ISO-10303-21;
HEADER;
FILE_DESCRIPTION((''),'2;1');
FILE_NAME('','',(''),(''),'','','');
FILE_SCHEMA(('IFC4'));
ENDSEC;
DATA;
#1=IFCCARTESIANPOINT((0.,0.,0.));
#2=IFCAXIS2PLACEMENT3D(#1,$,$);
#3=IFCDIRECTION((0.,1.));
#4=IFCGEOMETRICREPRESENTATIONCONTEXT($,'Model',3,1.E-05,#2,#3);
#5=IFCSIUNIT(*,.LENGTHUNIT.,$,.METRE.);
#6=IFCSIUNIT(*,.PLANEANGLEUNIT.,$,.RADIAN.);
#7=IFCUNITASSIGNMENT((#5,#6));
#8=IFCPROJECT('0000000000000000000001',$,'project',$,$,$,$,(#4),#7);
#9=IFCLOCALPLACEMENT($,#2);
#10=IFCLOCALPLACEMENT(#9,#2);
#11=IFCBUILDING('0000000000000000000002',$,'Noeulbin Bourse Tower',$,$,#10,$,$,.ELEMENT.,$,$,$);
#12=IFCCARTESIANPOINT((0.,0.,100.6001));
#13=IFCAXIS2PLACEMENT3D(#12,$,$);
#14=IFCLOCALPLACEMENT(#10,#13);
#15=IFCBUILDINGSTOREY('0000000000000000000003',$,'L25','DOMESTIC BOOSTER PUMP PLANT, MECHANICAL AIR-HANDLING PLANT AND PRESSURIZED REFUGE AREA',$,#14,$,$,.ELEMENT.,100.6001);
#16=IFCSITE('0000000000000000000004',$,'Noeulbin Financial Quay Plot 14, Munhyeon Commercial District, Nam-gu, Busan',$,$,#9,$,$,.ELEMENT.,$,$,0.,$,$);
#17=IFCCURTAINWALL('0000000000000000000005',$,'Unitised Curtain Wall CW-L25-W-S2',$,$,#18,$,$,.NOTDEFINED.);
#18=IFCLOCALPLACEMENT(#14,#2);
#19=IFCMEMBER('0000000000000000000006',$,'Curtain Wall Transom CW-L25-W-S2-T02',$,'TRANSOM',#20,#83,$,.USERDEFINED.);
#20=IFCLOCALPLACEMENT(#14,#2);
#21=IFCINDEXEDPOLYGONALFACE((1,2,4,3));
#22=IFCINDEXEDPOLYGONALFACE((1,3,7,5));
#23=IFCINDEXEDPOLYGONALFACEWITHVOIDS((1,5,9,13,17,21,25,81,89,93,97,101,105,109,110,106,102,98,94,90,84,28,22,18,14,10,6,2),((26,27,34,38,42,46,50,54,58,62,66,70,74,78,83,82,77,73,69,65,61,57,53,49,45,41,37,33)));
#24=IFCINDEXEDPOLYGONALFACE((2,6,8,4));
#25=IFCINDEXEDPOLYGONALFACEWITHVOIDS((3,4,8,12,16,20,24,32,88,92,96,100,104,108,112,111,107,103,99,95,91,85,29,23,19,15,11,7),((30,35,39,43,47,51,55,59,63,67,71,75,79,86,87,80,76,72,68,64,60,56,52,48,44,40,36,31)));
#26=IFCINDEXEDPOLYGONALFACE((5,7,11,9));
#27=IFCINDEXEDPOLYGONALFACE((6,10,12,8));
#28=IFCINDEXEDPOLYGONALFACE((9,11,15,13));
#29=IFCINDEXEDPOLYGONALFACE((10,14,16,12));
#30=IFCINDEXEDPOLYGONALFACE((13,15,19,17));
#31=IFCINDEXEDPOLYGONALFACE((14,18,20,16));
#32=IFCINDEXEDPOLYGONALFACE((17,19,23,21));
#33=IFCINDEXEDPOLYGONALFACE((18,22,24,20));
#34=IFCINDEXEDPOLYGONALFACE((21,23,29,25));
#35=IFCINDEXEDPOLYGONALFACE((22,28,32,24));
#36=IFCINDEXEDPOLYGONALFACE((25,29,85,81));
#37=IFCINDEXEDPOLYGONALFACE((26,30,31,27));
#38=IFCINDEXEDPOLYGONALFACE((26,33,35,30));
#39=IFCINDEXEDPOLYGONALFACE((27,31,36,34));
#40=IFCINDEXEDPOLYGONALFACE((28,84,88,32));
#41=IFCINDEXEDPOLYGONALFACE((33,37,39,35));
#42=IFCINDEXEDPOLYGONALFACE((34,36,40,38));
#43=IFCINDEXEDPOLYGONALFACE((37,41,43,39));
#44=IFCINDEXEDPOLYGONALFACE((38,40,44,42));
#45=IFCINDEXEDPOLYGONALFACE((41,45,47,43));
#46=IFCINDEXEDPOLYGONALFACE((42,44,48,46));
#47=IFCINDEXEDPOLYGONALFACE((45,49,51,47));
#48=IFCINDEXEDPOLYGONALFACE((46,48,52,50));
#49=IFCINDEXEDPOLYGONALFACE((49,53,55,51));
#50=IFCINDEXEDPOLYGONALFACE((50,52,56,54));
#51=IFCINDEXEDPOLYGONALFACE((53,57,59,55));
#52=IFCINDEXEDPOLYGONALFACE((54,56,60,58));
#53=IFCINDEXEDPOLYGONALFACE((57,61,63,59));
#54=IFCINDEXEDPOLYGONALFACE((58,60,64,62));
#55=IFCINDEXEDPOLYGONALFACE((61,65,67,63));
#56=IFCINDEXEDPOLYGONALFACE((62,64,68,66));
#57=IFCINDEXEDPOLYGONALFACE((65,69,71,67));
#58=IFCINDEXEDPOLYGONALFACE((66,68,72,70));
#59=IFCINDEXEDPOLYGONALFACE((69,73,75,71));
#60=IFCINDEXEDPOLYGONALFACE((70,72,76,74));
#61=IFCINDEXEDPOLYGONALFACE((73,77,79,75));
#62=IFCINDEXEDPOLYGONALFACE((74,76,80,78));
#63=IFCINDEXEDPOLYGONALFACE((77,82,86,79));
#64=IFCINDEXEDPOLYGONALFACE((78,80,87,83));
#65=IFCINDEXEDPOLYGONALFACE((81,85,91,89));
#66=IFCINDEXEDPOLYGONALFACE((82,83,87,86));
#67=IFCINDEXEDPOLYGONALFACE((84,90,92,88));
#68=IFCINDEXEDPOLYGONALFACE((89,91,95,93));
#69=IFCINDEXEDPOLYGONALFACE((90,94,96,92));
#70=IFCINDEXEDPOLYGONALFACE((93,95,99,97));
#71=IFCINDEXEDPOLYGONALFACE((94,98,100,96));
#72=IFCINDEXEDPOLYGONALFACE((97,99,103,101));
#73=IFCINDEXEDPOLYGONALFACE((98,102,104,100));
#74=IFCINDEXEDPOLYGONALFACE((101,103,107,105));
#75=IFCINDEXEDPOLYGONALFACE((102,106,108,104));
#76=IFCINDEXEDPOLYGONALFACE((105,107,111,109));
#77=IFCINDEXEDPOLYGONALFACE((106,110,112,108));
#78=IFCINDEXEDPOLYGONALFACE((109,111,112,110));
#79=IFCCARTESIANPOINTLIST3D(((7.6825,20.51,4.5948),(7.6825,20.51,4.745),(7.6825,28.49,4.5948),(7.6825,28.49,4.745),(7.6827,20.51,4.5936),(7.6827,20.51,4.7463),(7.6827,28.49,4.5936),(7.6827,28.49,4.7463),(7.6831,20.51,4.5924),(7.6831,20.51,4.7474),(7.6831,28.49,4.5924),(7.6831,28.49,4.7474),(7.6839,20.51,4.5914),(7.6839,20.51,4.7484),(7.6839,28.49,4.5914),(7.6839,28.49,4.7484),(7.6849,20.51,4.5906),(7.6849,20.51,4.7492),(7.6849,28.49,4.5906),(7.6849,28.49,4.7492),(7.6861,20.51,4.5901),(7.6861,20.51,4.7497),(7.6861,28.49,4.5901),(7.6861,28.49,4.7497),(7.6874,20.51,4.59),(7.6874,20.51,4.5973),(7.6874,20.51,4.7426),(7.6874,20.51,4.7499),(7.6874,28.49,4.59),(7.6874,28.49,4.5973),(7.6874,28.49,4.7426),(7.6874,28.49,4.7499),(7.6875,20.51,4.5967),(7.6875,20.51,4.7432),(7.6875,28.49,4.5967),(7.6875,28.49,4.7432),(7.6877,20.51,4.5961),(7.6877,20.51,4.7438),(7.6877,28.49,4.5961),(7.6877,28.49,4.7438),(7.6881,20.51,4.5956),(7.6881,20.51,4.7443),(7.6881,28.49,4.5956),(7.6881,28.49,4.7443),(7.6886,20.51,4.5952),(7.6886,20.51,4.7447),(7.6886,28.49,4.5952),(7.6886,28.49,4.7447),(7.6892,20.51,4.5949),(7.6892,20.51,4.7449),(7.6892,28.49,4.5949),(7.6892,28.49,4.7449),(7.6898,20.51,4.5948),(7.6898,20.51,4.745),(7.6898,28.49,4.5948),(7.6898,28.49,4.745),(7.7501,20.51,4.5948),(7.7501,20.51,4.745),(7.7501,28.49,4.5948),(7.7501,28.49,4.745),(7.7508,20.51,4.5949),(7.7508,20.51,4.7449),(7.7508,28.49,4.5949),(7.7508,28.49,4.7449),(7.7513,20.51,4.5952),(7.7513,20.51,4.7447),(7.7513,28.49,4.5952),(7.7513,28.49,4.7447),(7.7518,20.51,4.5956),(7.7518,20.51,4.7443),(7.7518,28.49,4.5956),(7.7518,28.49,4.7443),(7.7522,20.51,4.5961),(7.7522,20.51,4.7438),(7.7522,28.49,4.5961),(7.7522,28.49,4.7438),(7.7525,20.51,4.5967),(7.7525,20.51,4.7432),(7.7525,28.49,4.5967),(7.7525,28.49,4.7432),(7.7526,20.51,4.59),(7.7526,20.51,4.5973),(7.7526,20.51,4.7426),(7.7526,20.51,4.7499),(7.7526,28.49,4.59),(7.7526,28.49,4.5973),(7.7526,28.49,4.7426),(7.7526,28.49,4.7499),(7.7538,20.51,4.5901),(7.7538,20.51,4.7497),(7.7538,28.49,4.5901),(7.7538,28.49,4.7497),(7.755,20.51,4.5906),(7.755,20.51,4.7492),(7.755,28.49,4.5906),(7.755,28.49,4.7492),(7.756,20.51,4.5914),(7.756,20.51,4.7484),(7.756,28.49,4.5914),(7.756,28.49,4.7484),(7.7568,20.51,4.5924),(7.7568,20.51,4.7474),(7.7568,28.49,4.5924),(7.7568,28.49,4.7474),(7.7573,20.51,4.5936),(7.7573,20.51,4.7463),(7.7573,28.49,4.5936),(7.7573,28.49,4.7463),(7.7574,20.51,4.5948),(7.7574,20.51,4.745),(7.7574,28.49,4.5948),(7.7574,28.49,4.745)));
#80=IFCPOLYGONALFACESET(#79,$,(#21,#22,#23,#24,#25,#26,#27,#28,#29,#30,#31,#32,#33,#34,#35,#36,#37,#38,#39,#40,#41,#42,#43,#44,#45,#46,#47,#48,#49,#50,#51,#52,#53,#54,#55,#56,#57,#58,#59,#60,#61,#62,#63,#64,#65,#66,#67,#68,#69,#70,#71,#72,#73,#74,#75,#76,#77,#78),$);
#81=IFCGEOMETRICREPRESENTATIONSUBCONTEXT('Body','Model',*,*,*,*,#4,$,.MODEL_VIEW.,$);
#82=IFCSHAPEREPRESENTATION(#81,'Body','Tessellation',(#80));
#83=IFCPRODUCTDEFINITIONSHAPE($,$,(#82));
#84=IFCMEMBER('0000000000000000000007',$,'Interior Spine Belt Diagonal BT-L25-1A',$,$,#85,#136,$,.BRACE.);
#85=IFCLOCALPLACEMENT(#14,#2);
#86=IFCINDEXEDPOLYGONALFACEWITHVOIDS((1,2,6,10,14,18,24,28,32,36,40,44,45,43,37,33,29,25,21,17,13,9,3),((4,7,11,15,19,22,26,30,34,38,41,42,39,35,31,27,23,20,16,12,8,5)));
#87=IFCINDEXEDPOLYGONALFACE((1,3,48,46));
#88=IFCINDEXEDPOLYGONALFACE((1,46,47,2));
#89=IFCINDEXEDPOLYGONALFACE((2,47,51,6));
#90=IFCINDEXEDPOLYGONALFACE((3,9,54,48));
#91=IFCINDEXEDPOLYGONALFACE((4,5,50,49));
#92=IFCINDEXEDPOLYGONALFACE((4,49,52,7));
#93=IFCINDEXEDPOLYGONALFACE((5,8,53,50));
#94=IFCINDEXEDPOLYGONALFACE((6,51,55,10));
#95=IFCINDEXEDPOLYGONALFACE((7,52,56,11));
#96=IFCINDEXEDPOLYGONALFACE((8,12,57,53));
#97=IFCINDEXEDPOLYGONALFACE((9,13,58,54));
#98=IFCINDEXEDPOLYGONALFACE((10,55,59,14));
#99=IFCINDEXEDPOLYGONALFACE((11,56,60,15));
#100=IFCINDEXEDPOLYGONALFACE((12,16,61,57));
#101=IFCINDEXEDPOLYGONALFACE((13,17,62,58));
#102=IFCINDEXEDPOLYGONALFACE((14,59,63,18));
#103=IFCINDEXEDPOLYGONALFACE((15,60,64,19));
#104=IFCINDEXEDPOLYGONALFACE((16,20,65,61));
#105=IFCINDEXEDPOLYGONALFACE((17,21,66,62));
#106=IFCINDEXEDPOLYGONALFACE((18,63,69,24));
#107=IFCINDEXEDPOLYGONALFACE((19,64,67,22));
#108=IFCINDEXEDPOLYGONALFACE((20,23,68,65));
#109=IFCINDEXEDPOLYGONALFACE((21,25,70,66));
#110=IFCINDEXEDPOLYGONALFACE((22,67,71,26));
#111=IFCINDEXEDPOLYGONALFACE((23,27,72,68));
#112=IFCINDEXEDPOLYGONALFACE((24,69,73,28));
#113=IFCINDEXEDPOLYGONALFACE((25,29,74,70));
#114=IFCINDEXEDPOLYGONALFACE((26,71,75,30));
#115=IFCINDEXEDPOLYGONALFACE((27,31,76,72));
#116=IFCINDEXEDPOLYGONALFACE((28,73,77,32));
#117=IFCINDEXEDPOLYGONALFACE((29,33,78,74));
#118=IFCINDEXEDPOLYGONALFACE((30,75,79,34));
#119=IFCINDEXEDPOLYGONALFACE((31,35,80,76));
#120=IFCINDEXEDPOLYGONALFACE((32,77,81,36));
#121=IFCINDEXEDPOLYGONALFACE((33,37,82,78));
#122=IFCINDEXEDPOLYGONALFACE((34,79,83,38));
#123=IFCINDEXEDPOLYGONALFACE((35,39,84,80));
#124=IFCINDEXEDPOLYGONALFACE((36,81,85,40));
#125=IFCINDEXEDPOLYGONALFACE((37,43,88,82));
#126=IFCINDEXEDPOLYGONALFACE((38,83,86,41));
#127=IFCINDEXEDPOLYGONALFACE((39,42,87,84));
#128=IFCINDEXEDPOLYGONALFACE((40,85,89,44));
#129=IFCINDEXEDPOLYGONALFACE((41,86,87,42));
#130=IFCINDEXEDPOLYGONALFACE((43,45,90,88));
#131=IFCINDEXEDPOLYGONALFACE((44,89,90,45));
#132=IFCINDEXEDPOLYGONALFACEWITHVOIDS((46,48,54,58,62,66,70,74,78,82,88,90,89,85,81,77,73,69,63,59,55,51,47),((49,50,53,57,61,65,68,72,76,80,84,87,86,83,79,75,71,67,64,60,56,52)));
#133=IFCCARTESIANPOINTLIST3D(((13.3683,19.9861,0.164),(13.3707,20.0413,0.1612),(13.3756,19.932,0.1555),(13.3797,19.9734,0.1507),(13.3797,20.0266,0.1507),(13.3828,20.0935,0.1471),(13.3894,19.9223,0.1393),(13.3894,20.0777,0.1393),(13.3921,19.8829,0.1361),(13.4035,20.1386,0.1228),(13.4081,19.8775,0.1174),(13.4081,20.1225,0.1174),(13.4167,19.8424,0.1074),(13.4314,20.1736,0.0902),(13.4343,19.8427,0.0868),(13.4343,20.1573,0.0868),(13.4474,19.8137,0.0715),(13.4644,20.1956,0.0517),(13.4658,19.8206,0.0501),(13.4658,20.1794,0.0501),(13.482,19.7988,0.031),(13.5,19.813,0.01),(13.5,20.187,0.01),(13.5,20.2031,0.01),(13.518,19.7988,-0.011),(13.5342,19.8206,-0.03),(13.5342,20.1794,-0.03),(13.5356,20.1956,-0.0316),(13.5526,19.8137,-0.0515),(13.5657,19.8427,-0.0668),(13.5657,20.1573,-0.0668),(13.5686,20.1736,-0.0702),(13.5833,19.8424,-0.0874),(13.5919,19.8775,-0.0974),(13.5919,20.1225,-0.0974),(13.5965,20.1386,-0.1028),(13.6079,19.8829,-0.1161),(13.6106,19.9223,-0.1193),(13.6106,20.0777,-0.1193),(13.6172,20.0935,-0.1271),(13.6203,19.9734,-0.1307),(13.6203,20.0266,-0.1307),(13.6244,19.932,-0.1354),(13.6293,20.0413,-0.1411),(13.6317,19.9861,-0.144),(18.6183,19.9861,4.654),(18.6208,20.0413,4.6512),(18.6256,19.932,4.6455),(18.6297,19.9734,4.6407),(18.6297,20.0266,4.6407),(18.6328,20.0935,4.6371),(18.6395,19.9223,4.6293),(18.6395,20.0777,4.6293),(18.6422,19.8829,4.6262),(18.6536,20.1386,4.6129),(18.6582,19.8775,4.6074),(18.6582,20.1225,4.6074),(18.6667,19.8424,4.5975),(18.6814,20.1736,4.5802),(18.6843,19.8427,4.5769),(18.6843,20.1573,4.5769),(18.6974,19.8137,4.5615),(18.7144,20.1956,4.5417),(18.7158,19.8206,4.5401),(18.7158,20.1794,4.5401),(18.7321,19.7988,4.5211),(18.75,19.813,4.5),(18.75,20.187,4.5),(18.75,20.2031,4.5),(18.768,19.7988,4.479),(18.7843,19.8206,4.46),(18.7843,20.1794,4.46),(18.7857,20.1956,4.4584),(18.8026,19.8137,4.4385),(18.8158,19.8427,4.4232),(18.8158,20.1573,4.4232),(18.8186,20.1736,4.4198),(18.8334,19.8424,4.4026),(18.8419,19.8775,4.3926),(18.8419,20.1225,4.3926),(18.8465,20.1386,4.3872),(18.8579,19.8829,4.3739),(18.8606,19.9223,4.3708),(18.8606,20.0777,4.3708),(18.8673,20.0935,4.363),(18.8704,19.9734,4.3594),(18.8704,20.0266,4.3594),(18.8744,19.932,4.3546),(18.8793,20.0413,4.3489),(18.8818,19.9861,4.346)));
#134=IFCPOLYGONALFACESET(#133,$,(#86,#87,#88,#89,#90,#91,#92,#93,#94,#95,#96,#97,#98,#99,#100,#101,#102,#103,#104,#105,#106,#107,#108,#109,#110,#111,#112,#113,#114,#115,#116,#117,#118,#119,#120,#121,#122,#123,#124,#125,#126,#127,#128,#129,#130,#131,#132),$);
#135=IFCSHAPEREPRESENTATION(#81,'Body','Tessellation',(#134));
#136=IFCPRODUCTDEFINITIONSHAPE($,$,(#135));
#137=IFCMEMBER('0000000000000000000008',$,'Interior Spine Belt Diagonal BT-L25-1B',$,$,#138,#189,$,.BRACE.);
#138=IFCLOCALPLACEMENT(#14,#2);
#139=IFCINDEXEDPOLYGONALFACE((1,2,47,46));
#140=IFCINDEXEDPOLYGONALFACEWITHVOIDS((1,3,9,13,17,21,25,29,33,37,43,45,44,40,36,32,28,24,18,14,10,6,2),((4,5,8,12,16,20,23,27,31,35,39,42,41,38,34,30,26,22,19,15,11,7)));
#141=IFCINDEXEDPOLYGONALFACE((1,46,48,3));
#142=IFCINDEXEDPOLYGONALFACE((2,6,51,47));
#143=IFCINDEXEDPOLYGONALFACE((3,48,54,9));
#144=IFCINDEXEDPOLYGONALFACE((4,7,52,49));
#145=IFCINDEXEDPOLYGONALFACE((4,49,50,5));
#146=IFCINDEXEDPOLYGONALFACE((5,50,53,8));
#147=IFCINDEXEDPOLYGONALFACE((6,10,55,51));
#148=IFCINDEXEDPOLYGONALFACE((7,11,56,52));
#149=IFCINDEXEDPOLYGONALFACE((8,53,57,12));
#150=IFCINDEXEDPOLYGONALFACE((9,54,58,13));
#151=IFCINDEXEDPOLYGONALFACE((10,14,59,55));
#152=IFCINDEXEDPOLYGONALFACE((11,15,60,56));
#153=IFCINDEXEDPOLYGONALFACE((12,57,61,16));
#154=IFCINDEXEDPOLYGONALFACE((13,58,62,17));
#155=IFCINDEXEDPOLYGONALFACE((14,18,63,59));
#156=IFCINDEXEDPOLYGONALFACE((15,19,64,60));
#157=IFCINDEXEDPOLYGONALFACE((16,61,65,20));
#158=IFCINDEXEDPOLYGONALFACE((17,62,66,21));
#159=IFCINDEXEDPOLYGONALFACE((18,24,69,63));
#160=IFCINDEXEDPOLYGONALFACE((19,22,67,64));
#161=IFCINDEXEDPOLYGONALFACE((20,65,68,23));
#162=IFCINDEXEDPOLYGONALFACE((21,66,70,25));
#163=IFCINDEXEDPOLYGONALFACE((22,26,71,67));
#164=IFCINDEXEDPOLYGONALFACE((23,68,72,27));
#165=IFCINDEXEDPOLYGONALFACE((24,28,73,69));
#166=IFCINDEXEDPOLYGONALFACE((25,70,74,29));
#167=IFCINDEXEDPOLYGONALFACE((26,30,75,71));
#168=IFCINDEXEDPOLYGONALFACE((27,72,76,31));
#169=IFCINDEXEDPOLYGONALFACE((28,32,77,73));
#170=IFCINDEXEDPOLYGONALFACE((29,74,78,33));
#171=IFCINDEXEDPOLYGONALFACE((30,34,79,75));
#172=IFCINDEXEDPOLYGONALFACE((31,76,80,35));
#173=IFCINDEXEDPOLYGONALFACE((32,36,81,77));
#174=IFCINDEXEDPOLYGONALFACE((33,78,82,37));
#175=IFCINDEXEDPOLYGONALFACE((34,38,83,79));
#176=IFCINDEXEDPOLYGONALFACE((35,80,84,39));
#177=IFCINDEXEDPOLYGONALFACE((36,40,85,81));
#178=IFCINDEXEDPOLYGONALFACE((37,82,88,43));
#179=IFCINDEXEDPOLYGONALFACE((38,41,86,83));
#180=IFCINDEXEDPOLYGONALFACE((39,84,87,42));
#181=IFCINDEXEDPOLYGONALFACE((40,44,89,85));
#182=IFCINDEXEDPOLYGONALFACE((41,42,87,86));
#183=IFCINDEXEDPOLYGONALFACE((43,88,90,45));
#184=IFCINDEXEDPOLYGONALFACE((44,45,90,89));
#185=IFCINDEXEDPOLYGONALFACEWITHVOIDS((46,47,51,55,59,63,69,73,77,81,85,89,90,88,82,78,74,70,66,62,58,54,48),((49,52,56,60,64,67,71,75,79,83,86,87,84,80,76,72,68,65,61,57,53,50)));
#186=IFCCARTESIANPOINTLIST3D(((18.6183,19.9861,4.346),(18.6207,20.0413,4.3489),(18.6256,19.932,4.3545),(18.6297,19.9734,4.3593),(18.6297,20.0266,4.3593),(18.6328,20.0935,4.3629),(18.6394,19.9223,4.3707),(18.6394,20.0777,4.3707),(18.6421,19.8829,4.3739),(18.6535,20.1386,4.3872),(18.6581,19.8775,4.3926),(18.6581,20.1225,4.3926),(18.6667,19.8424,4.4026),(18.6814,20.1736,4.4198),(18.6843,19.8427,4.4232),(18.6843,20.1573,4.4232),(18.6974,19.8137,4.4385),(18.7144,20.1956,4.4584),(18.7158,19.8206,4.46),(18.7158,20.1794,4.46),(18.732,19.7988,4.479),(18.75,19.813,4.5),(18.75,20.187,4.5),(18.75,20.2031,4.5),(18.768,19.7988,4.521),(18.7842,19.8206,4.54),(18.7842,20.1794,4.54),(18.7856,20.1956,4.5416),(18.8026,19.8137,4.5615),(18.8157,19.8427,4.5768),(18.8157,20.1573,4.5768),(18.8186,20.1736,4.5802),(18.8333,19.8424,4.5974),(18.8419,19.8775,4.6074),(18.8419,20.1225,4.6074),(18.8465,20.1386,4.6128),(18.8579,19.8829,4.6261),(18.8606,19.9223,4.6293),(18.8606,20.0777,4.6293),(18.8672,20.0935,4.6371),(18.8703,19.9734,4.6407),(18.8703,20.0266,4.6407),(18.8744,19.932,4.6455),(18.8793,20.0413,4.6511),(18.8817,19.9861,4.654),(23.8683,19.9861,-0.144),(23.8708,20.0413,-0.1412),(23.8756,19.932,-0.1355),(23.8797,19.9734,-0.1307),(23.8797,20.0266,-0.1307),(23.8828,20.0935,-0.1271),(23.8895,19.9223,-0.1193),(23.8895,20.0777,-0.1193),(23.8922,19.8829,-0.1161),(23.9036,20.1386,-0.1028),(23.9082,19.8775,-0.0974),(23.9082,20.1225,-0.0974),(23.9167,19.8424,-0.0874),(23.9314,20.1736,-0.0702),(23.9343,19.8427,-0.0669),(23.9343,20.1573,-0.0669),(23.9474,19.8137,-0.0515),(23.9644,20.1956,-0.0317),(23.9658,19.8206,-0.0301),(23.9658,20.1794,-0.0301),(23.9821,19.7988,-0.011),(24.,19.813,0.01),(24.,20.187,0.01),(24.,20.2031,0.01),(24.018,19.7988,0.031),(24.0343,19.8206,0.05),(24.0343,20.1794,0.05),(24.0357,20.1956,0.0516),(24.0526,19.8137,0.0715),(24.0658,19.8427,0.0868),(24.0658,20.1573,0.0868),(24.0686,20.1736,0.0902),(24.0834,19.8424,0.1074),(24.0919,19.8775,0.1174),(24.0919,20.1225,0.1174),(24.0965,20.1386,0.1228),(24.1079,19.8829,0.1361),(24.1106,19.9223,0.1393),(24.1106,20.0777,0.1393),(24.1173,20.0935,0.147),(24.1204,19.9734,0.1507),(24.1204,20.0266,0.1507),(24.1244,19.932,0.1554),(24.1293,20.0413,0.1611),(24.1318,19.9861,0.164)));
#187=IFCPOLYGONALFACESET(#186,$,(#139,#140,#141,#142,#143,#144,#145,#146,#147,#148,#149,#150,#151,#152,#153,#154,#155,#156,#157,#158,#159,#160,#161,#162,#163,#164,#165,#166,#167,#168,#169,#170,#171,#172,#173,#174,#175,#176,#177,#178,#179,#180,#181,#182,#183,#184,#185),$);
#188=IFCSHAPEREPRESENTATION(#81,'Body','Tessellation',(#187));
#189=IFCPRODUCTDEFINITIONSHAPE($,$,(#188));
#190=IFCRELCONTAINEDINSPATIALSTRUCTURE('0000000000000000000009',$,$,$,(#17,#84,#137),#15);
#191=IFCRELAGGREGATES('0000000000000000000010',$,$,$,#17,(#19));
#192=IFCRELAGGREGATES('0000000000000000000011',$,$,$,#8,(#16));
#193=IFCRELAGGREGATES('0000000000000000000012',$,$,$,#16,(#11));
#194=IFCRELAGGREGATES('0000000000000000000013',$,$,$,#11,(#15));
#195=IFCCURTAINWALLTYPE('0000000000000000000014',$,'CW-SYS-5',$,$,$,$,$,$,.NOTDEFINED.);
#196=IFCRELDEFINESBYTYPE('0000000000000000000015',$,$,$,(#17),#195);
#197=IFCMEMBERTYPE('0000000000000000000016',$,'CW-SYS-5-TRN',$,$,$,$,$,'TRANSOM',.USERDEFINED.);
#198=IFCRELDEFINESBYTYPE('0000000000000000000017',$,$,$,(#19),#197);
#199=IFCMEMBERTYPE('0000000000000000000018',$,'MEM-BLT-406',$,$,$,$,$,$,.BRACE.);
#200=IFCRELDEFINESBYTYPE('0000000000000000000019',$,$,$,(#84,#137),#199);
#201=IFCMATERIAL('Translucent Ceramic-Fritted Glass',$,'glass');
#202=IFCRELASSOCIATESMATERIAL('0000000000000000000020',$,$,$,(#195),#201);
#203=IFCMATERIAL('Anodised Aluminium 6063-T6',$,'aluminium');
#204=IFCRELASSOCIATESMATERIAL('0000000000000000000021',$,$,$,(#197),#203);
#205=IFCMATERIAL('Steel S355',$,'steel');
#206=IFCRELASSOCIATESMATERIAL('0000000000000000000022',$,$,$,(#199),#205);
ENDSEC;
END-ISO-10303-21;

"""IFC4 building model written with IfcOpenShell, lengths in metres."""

from ifc_helpers import new_model, si_unit, direction, frame, origin, origin_2d, place, context, subcontext, project, spatial, hollow_rectangle, hollow_circle, extrude, material, material_profile, profile_set, type_object, element, aggregate, save


model = new_model("IFC4")

# Units and contexts
model_context = context("Model", 3, precision=1e-05, world=origin(), true_north=direction((0.0, 1.0)))
body_context = subcontext(model_context, "Body", "Model", "MODEL_VIEW")
ifc_project = project(units=[si_unit("LENGTHUNIT", "METRE"), si_unit("PLANEANGLEUNIT", "RADIAN")], contexts=[model_context])

# Site, building, storey
site_placement = place(None, origin())
site = spatial("IfcSite", under=ifc_project, at=site_placement, Name="Noeulbin Financial Quay Plot 14, Munhyeon Commercial District, Nam-gu, Busan", CompositionType="ELEMENT", RefElevation=0.0)
building_placement = place(site_placement, origin())
building = spatial("IfcBuilding", under=site, at=building_placement, Name="Noeulbin Bourse Tower", CompositionType="ELEMENT")
storey_placement = place(building_placement, frame((0.0, 0.0, 100.6001)))
storey = spatial("IfcBuildingStorey", under=building, at=storey_placement, Name="L25", Description="DOMESTIC BOOSTER PUMP PLANT, MECHANICAL AIR-HANDLING PLANT AND PRESSURIZED REFUGE AREA", CompositionType="ELEMENT", Elevation=100.6001)

# Shared definitions
ifc_material_1 = material(Name="Steel S355", Category="steel")

# Shared definitions
ifc_material_2 = material(Name="Translucent Ceramic-Fritted Glass", Category="glass")
curtain_wall_type = type_object("IfcCurtainWallType", Name="CW-SYS-5", PredefinedType="NOTDEFINED", material=ifc_material_2)
ifc_material_3 = material(Name="Anodised Aluminium 6063-T6", Category="aluminium")

# Curtain wall
curtain_wall_1_placement = place(storey_placement, origin())
curtain_wall_1 = element("IfcCurtainWall", 1, at=curtain_wall_1_placement, inside=storey, type_object=curtain_wall_type, Name="Unitised Curtain Wall CW-L25-W-S2", PredefinedType="NOTDEFINED")

# Member
ifc_material_profile_1 = material_profile(ifc_material_3, hollow_rectangle(XDim=0.075, YDim=0.1599, WallThickness=0.0049, InnerFilletRadius=0.0024, OuterFilletRadius=0.0049, at=origin_2d()), Name="ALU-TRAN-75x160x5", Category="LoadBearing")
ifc_profile_set_1 = profile_set([ifc_material_profile_1], Name="Anodised Aluminium 6063-T6")
member_type_1 = type_object("IfcMemberType", Name="CW-SYS-5-TRN", ElementType="TRANSOM", PredefinedType="USERDEFINED", material=ifc_profile_set_1)
member_1_placement = place(storey_placement, frame((7.72, 20.51, 4.6699), z_axis=(0.0, 1.0, 0.0), x_axis=(-1.0, 0.0, 0.0)))
member_1 = element("IfcMember", 2, at=member_1_placement, type_object=member_type_1, Name="Curtain Wall Transom CW-L25-W-S2-T02", ObjectType="TRANSOM", PredefinedType="USERDEFINED", context=body_context, shape_type="SweptSolid", body=[
    extrude(hollow_rectangle(XDim=0.075, YDim=0.1599, WallThickness=0.0049, InnerFilletRadius=0.0024, OuterFilletRadius=0.0049, at=origin_2d()), origin(), (0.0, 0.0, 1.0), 7.98),
])

# Members
ifc_material_profile_2 = material_profile(ifc_material_1, hollow_circle(Radius=0.2031, WallThickness=0.0161, at=origin_2d()), Name="CHS-406.4x16.0", Category="LoadBearing")
ifc_profile_set_2 = profile_set([ifc_material_profile_2], Name="Steel S355")
member_type_2 = type_object("IfcMemberType", Name="MEM-BLT-406", PredefinedType="BRACE", material=ifc_profile_set_2)
for number, where, z_axis, x_axis, name in (
    (3, (13.5, 20.0, 0.01), (0.759972, 0.0, 0.649956), (0.0, 1.0, 0.0), "Interior Spine Belt Diagonal BT-L25-1A"),
    (4, (18.75, 20.0, 4.5), (0.759972, 0.0, -0.649956), (0.0, 1.0, 0.0), "Interior Spine Belt Diagonal BT-L25-1B"),
):
    element("IfcMember", number, at=place(storey_placement, frame(where, z_axis=z_axis, x_axis=x_axis)), inside=storey, type_object=member_type_2, Name=name, PredefinedType="BRACE", context=body_context, shape_type="SweptSolid", body=[
        extrude(hollow_circle(Radius=0.2031, WallThickness=0.0161, at=origin_2d()), origin(), (0.0, 0.0, 1.0), 6.9082),
    ])

aggregate(curtain_wall_1, [member_1])

save(model, "model.ifc")
